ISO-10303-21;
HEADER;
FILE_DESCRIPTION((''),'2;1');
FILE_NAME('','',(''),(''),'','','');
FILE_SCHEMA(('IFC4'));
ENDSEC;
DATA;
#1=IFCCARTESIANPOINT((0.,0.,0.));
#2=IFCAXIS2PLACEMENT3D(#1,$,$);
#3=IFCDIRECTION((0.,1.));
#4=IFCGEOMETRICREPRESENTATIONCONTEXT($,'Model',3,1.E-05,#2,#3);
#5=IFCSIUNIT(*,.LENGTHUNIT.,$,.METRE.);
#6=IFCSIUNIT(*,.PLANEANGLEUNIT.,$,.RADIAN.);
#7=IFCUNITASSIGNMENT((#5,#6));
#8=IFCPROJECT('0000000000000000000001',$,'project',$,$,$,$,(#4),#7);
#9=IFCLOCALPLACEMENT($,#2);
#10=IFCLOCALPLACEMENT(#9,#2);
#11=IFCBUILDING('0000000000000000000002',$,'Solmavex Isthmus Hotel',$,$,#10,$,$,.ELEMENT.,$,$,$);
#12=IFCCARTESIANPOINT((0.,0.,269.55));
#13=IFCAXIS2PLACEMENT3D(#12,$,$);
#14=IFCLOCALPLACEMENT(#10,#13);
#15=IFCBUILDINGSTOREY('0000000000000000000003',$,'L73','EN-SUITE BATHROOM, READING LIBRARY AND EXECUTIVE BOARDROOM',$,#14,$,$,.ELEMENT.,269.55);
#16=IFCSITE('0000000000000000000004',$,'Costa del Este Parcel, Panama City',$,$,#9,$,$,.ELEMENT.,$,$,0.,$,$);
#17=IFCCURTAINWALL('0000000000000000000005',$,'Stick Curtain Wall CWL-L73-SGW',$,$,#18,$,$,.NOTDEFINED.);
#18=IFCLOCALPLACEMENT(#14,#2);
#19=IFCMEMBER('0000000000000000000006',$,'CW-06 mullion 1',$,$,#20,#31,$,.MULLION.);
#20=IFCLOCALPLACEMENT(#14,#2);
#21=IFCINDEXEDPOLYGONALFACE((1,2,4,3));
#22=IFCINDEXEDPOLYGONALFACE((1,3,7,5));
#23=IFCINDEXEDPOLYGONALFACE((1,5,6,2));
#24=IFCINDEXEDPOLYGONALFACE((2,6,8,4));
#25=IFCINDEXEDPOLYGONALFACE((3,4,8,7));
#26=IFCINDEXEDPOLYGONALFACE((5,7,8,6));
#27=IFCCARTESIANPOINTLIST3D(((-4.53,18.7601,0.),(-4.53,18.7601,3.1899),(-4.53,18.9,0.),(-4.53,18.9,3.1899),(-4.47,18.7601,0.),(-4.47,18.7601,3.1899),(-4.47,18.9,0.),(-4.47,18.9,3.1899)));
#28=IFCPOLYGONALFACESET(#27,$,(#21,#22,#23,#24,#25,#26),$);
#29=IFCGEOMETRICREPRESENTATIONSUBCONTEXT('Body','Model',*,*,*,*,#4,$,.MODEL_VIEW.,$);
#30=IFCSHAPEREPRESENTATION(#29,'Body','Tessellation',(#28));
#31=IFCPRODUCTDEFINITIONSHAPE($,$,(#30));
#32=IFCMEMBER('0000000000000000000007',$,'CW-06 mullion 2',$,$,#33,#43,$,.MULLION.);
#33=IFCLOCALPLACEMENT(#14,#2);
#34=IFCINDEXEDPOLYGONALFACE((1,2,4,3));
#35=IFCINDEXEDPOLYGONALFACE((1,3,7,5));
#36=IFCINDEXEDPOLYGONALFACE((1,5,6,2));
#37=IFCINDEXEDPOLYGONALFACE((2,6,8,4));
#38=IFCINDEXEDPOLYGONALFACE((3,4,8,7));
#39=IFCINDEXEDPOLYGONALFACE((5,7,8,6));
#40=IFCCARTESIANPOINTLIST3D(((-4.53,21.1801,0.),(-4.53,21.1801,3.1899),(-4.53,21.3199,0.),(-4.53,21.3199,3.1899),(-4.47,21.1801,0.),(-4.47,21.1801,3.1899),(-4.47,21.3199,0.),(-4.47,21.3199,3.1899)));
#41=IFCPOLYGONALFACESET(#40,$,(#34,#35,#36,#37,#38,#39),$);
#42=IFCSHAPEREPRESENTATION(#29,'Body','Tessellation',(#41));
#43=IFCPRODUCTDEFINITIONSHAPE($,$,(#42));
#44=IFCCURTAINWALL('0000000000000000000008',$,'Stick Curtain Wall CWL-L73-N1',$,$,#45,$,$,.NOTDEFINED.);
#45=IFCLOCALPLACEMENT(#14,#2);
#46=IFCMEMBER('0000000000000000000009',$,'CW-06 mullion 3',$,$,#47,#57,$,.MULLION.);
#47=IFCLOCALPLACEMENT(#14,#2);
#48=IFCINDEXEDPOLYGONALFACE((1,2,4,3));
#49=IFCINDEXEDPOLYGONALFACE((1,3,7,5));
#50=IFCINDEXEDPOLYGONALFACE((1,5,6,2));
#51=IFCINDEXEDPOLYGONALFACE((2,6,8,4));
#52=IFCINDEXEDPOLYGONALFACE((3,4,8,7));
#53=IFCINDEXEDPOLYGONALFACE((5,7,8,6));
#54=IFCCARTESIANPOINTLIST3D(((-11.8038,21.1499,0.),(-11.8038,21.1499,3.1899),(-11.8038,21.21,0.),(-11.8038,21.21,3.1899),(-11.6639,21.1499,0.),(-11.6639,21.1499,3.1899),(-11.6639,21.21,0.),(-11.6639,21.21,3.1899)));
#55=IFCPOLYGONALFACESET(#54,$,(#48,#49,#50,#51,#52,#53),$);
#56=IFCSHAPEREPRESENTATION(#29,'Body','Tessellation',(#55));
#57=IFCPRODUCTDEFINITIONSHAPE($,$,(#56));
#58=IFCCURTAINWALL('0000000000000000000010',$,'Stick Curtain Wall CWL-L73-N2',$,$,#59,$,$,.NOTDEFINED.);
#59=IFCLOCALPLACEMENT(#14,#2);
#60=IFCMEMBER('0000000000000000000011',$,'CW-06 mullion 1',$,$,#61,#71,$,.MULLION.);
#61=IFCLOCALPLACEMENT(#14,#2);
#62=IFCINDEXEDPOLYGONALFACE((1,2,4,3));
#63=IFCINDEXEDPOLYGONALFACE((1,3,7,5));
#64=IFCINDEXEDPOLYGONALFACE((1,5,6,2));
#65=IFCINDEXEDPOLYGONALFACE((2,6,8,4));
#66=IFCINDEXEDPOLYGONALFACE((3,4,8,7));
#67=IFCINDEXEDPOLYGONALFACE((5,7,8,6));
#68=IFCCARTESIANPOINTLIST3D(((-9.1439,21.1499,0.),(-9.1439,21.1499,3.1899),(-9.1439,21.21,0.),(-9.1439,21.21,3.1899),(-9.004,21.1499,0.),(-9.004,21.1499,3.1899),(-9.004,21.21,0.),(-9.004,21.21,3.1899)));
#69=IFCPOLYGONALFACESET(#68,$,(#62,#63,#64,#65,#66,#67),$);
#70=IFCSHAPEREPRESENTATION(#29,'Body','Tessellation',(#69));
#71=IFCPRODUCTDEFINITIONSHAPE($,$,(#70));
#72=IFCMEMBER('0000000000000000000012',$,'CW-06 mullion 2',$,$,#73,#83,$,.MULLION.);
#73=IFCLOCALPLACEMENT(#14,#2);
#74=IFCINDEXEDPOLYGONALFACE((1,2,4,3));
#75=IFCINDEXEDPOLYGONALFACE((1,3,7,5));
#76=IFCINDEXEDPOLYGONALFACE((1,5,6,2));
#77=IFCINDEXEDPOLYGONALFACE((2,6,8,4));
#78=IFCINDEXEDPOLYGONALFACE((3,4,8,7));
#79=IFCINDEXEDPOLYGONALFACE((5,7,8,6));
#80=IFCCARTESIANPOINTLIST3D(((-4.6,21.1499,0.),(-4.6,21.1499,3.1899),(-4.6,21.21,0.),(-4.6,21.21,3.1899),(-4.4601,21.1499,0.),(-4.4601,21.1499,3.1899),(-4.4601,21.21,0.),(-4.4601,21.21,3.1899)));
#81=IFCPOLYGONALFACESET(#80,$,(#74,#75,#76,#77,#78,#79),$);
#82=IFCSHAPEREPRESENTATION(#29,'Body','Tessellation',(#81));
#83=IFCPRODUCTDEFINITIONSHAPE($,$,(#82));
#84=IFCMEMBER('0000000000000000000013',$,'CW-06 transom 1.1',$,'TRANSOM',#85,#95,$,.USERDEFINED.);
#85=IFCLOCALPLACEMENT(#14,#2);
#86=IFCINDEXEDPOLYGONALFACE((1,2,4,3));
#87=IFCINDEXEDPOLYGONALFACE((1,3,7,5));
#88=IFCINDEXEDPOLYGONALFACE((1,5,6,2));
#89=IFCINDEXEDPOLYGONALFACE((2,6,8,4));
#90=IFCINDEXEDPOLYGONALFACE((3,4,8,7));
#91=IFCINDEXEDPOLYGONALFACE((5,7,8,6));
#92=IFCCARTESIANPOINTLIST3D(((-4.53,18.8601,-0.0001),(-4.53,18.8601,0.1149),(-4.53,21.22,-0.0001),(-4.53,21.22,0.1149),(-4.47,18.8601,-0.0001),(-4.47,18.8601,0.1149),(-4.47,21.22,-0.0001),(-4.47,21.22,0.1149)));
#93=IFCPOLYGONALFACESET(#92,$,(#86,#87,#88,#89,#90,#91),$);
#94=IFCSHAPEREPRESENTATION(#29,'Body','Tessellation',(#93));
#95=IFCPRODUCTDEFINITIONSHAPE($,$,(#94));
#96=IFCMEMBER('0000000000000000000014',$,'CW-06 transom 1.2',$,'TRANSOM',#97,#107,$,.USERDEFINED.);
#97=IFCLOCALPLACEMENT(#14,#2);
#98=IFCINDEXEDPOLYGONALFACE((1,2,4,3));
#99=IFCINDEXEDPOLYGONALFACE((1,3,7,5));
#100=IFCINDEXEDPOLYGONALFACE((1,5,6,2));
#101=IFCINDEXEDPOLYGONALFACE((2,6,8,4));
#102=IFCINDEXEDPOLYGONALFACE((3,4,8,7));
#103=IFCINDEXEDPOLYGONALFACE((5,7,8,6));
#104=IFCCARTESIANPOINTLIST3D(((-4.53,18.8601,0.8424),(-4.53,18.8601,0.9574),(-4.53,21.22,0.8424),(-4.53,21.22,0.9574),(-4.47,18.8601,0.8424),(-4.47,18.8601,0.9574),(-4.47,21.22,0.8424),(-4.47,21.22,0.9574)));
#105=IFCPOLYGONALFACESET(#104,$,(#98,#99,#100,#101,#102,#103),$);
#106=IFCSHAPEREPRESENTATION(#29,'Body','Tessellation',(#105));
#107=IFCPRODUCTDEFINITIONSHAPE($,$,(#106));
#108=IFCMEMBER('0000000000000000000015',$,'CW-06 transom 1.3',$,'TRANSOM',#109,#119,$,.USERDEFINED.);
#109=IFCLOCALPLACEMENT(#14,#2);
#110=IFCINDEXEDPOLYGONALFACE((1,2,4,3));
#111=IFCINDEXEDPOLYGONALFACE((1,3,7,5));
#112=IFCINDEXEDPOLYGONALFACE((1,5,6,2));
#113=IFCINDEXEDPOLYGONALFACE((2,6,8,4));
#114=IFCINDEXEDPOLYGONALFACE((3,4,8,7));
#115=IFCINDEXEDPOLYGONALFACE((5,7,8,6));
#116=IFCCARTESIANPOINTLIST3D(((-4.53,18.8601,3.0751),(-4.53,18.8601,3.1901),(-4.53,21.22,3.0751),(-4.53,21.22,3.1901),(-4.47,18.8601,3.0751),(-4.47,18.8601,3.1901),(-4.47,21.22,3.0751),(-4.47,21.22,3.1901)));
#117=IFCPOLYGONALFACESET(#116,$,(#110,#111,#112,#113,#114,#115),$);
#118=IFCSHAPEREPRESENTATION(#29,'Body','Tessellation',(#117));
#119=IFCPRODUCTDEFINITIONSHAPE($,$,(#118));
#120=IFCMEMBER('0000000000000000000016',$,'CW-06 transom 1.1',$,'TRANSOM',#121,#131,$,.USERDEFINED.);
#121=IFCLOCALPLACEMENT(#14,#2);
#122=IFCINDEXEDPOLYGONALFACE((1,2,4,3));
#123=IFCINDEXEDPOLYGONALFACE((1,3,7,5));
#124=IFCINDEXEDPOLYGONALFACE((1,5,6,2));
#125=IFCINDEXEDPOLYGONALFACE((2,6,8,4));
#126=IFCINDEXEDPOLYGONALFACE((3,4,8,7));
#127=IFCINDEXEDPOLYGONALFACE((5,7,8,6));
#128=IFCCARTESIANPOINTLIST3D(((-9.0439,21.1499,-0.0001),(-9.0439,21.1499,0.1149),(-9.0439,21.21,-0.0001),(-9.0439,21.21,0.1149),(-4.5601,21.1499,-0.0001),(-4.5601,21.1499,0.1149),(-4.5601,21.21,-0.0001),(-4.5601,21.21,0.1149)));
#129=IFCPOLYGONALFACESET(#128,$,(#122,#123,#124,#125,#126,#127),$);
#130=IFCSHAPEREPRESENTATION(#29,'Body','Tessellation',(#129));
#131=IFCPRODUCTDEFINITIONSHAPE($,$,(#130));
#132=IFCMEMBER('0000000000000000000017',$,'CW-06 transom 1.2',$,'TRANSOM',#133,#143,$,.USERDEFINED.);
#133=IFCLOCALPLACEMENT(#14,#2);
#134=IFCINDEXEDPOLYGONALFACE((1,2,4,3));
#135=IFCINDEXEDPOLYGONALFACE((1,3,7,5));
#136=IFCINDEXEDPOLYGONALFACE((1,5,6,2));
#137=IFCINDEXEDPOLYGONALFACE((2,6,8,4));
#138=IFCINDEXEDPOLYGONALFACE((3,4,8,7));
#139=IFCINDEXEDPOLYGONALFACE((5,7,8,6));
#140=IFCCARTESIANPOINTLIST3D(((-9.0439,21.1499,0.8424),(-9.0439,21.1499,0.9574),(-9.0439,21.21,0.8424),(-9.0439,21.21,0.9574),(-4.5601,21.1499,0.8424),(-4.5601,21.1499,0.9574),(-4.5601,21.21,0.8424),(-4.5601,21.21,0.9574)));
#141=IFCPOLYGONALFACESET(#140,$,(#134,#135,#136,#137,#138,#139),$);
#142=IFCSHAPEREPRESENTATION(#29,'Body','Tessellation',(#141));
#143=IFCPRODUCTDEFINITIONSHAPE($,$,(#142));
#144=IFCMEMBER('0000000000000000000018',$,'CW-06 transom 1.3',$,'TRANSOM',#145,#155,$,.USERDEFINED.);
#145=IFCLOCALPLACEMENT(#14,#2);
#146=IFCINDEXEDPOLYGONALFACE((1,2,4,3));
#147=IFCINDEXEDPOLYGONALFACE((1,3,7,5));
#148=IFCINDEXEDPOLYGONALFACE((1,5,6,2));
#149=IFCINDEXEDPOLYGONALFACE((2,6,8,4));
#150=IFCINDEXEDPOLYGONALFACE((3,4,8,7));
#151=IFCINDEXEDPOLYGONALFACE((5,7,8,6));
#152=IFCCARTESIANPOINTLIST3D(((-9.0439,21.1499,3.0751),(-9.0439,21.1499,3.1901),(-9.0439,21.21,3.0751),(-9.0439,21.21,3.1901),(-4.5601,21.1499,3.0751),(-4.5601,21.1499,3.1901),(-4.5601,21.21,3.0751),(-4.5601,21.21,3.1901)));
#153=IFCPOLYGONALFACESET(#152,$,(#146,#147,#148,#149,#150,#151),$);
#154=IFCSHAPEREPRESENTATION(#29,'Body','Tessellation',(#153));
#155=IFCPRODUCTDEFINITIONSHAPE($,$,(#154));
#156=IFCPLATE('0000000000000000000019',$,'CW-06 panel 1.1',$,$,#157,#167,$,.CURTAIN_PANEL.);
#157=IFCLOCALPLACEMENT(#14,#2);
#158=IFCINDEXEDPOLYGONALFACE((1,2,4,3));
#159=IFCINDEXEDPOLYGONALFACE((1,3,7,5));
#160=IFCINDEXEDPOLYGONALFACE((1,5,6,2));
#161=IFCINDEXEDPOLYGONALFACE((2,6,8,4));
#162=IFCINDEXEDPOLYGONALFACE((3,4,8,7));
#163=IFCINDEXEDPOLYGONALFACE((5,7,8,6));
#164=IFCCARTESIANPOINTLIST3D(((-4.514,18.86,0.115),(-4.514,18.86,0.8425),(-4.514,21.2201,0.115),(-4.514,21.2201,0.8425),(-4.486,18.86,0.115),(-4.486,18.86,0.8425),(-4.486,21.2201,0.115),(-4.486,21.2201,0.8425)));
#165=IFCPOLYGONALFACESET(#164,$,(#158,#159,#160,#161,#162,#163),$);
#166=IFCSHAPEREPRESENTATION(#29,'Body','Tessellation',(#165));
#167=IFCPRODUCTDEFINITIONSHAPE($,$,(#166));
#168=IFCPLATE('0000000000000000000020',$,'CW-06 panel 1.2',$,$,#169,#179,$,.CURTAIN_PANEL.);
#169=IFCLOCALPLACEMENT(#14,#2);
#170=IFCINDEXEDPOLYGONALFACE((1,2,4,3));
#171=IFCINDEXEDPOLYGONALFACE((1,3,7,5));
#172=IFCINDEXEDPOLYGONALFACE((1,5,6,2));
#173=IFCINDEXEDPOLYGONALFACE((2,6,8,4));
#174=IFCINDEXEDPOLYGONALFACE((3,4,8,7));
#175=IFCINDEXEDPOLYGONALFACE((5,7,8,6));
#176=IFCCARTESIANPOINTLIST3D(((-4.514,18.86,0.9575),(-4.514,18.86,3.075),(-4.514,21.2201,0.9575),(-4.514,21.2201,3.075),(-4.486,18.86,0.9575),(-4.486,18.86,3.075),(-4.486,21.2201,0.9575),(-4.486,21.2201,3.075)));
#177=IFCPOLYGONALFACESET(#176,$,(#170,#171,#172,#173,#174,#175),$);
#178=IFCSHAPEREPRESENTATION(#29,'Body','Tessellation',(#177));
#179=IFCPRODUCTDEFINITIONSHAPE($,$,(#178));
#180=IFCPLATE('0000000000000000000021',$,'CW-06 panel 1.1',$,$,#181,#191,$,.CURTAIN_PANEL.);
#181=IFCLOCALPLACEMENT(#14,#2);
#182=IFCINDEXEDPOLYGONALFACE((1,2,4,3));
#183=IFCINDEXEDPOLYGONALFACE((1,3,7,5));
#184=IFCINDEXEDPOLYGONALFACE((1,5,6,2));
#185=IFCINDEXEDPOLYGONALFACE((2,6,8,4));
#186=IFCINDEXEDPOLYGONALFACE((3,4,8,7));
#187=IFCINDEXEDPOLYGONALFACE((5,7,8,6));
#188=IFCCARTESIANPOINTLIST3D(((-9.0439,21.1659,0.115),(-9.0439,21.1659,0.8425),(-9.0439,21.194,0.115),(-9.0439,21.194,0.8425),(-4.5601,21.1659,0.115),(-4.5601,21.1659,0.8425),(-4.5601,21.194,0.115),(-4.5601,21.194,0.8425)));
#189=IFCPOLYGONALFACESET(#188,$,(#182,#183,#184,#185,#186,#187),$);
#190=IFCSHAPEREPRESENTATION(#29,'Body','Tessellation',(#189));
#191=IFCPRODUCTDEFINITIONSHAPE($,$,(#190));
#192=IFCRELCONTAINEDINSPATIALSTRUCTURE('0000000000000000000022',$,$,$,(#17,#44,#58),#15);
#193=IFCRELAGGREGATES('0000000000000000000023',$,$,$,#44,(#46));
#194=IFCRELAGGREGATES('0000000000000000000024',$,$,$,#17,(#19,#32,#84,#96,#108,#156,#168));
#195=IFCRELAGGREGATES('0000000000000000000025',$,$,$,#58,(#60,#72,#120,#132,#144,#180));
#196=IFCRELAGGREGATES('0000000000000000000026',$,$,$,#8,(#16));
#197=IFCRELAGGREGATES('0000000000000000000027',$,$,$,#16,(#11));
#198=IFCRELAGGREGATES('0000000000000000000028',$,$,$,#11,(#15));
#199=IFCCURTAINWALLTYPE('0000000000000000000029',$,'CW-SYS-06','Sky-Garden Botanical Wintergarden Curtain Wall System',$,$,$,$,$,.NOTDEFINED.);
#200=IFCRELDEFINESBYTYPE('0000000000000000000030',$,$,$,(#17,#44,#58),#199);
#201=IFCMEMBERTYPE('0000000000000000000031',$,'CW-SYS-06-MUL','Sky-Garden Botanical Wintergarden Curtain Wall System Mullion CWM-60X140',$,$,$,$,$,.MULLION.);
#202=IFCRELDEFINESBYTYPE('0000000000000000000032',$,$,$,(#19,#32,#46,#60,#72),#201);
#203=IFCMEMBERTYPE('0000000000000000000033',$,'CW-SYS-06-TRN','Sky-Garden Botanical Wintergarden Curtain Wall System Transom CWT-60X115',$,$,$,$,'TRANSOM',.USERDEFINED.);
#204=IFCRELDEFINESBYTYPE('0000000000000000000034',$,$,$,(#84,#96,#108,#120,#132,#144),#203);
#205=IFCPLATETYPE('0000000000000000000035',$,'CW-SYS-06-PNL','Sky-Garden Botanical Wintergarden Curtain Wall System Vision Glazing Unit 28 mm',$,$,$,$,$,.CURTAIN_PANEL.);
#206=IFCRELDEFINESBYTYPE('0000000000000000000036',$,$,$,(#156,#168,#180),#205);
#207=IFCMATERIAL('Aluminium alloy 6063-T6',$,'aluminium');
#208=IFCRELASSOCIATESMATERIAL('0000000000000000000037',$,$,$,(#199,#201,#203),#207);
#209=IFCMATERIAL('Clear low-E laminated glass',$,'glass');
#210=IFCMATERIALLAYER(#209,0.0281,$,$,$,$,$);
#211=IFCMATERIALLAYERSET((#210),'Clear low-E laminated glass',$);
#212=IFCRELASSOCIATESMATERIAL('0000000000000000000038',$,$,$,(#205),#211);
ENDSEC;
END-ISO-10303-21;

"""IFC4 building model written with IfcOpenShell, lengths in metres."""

from ifc_helpers import new_model, si_unit, direction, frame, origin, origin_2d, place, context, subcontext, project, spatial, rectangle, extrude, material, layer, layer_set, material_profile, profile_set, type_object, element, aggregate, save


model = new_model("IFC4")

# Units and contexts
model_context = context("Model", 3, precision=1e-05, world=origin(), true_north=direction((0.0, 1.0)))
body_context = subcontext(model_context, "Body", "Model", "MODEL_VIEW")
ifc_project = project(units=[si_unit("LENGTHUNIT", "METRE"), si_unit("PLANEANGLEUNIT", "RADIAN")], contexts=[model_context])

# Site, building, storey
site_placement = place(None, origin())
site = spatial("IfcSite", under=ifc_project, at=site_placement, Name="Costa del Este Parcel, Panama City", CompositionType="ELEMENT", RefElevation=0.0)
building_placement = place(site_placement, origin())
building = spatial("IfcBuilding", under=site, at=building_placement, Name="Solmavex Isthmus Hotel", CompositionType="ELEMENT")
storey_placement = place(building_placement, frame((0.0, 0.0, 269.55)))
storey = spatial("IfcBuildingStorey", under=building, at=storey_placement, Name="L73", Description="EN-SUITE BATHROOM, READING LIBRARY AND EXECUTIVE BOARDROOM", CompositionType="ELEMENT", Elevation=269.55)

# Curtain wall, members
ifc_material_1 = material(Name="Aluminium alloy 6063-T6", Category="aluminium")
curtain_wall_type = type_object("IfcCurtainWallType", Name="CW-SYS-06", Description="Sky-Garden Botanical Wintergarden Curtain Wall System", PredefinedType="NOTDEFINED", material=ifc_material_1)
curtain_wall_1_placement = place(storey_placement, origin())
curtain_wall_1 = element("IfcCurtainWall", 1, at=curtain_wall_1_placement, inside=storey, type_object=curtain_wall_type, Name="Stick Curtain Wall CWL-L73-SGW", PredefinedType="NOTDEFINED")
ifc_material_profile_1 = material_profile(ifc_material_1, rectangle(XDim=0.0601, YDim=0.1399, at=origin_2d()), Name="CWM-60X140")
ifc_profile_set_1 = profile_set([ifc_material_profile_1], Name="Aluminium alloy 6063-T6")
member_type_1 = type_object("IfcMemberType", Name="CW-SYS-06-MUL", Description="Sky-Garden Botanical Wintergarden Curtain Wall System Mullion CWM-60X140", PredefinedType="MULLION", material=ifc_profile_set_1)
member_1_placement = place(storey_placement, frame((-4.5, 18.8301, 0.0), z_axis=(0.0, 0.0, 1.0), x_axis=(-1.0, 0.0, 0.0)))
member_1 = element("IfcMember", 2, at=member_1_placement, type_object=member_type_1, Name="CW-06 mullion 1", PredefinedType="MULLION", context=body_context, shape_type="SweptSolid", body=[
    extrude(rectangle(XDim=0.0601, YDim=0.1399, at=origin_2d()), origin(), (0.0, 0.0, 1.0), 3.1899),
])
member_2_placement = place(storey_placement, frame((-4.5, 21.25, 0.0), z_axis=(0.0, 0.0, 1.0), x_axis=(-1.0, 0.0, 0.0)))
member_2 = element("IfcMember", 3, at=member_2_placement, type_object=member_type_1, Name="CW-06 mullion 2", PredefinedType="MULLION", context=body_context, shape_type="SweptSolid", body=[
    extrude(rectangle(XDim=0.0601, YDim=0.1399, at=origin_2d()), origin(), (0.0, 0.0, 1.0), 3.1899),
])

# Curtain wall, member
curtain_wall_2_placement = place(storey_placement, origin())
curtain_wall_2 = element("IfcCurtainWall", 4, at=curtain_wall_2_placement, inside=storey, type_object=curtain_wall_type, Name="Stick Curtain Wall CWL-L73-N1", PredefinedType="NOTDEFINED")
member_3_placement = place(storey_placement, frame((-11.7339, 21.1799, 0.0), z_axis=(0.0, 0.0, 1.0), x_axis=(0.0, 1.0, 0.0)))
member_3 = element("IfcMember", 5, at=member_3_placement, type_object=member_type_1, Name="CW-06 mullion 3", PredefinedType="MULLION", context=body_context, shape_type="SweptSolid", body=[
    extrude(rectangle(XDim=0.0601, YDim=0.1399, at=origin_2d()), origin(), (0.0, 0.0, 1.0), 3.1899),
])
aggregate(curtain_wall_2, [member_3])

# Curtain wall, members
curtain_wall_3_placement = place(storey_placement, origin())
curtain_wall_3 = element("IfcCurtainWall", 6, at=curtain_wall_3_placement, inside=storey, type_object=curtain_wall_type, Name="Stick Curtain Wall CWL-L73-N2", PredefinedType="NOTDEFINED")
member_4_placement = place(storey_placement, frame((-9.074, 21.1799, 0.0), z_axis=(0.0, 0.0, 1.0), x_axis=(0.0, 1.0, 0.0)))
member_4 = element("IfcMember", 7, at=member_4_placement, type_object=member_type_1, Name="CW-06 mullion 1", PredefinedType="MULLION", context=body_context, shape_type="SweptSolid", body=[
    extrude(rectangle(XDim=0.0601, YDim=0.1399, at=origin_2d()), origin(), (0.0, 0.0, 1.0), 3.1899),
])
member_5_placement = place(storey_placement, frame((-4.53, 21.1799, 0.0), z_axis=(0.0, 0.0, 1.0), x_axis=(0.0, 1.0, 0.0)))
member_5 = element("IfcMember", 8, at=member_5_placement, type_object=member_type_1, Name="CW-06 mullion 2", PredefinedType="MULLION", context=body_context, shape_type="SweptSolid", body=[
    extrude(rectangle(XDim=0.0601, YDim=0.1399, at=origin_2d()), origin(), (0.0, 0.0, 1.0), 3.1899),
])

# Members
ifc_material_profile_2 = material_profile(ifc_material_1, rectangle(XDim=0.0601, YDim=0.115, at=origin_2d()), Name="CWT-60X115")
ifc_profile_set_2 = profile_set([ifc_material_profile_2], Name="Aluminium alloy 6063-T6")
member_type_2 = type_object("IfcMemberType", Name="CW-SYS-06-TRN", Description="Sky-Garden Botanical Wintergarden Curtain Wall System Transom CWT-60X115", ElementType="TRANSOM", PredefinedType="USERDEFINED", material=ifc_profile_set_2)
member_6_placement = place(storey_placement, frame((-4.5, 18.8601, 0.0574), z_axis=(0.0, 1.0, 0.0), x_axis=(-1.0, 0.0, 0.0)))
member_6 = element("IfcMember", 9, at=member_6_placement, type_object=member_type_2, Name="CW-06 transom 1.1", ObjectType="TRANSOM", PredefinedType="USERDEFINED", context=body_context, shape_type="SweptSolid", body=[
    extrude(rectangle(XDim=0.0601, YDim=0.115, at=origin_2d()), origin(), (0.0, 0.0, 1.0), 2.3599),
])
member_7_placement = place(storey_placement, frame((-4.5, 18.8601, 0.8999), z_axis=(0.0, 1.0, 0.0), x_axis=(-1.0, 0.0, 0.0)))
member_7 = element("IfcMember", 10, at=member_7_placement, type_object=member_type_2, Name="CW-06 transom 1.2", ObjectType="TRANSOM", PredefinedType="USERDEFINED", context=body_context, shape_type="SweptSolid", body=[
    extrude(rectangle(XDim=0.0601, YDim=0.115, at=origin_2d()), origin(), (0.0, 0.0, 1.0), 2.3599),
])
member_8_placement = place(storey_placement, frame((-4.5, 18.8601, 3.1326), z_axis=(0.0, 1.0, 0.0), x_axis=(-1.0, 0.0, 0.0)))
member_8 = element("IfcMember", 11, at=member_8_placement, type_object=member_type_2, Name="CW-06 transom 1.3", ObjectType="TRANSOM", PredefinedType="USERDEFINED", context=body_context, shape_type="SweptSolid", body=[
    extrude(rectangle(XDim=0.0601, YDim=0.115, at=origin_2d()), origin(), (0.0, 0.0, 1.0), 2.3599),
])
member_9_placement = place(storey_placement, frame((-9.0439, 21.1799, 0.0574), z_axis=(1.0, 0.0, 0.0), x_axis=(0.0, 1.0, 0.0)))
member_9 = element("IfcMember", 12, at=member_9_placement, type_object=member_type_2, Name="CW-06 transom 1.1", ObjectType="TRANSOM", PredefinedType="USERDEFINED", context=body_context, shape_type="SweptSolid", body=[
    extrude(rectangle(XDim=0.0601, YDim=0.115, at=origin_2d()), origin(), (0.0, 0.0, 1.0), 4.4839),
])
member_10_placement = place(storey_placement, frame((-9.0439, 21.1799, 0.8999), z_axis=(1.0, 0.0, 0.0), x_axis=(0.0, 1.0, 0.0)))
member_10 = element("IfcMember", 13, at=member_10_placement, type_object=member_type_2, Name="CW-06 transom 1.2", ObjectType="TRANSOM", PredefinedType="USERDEFINED", context=body_context, shape_type="SweptSolid", body=[
    extrude(rectangle(XDim=0.0601, YDim=0.115, at=origin_2d()), origin(), (0.0, 0.0, 1.0), 4.4839),
])
member_11_placement = place(storey_placement, frame((-9.0439, 21.1799, 3.1326), z_axis=(1.0, 0.0, 0.0), x_axis=(0.0, 1.0, 0.0)))
member_11 = element("IfcMember", 14, at=member_11_placement, type_object=member_type_2, Name="CW-06 transom 1.3", ObjectType="TRANSOM", PredefinedType="USERDEFINED", context=body_context, shape_type="SweptSolid", body=[
    extrude(rectangle(XDim=0.0601, YDim=0.115, at=origin_2d()), origin(), (0.0, 0.0, 1.0), 4.4839),
])

# Plates
ifc_material_2 = material(Name="Clear low-E laminated glass", Category="glass")
ifc_layer_1 = layer(ifc_material_2, 0.0281)
ifc_layer_set_1 = layer_set([ifc_layer_1], Name="Clear low-E laminated glass")
plate_type = type_object("IfcPlateType", Name="CW-SYS-06-PNL", Description="Sky-Garden Botanical Wintergarden Curtain Wall System Vision Glazing Unit 28 mm", PredefinedType="CURTAIN_PANEL", material=ifc_layer_set_1)
plate_1_placement = place(storey_placement, frame((-4.5, 20.04, 0.115), z_axis=(0.0, 0.0, 1.0), x_axis=(0.0, 1.0, 0.0)))
plate_1 = element("IfcPlate", 15, at=plate_1_placement, type_object=plate_type, Name="CW-06 panel 1.1", PredefinedType="CURTAIN_PANEL", context=body_context, shape_type="SweptSolid", body=[
    extrude(rectangle(XDim=2.3601, YDim=0.0281, at=origin_2d()), origin(), (0.0, 0.0, 1.0), 0.7275),
])
plate_2_placement = place(storey_placement, frame((-4.5, 20.04, 0.9575), z_axis=(0.0, 0.0, 1.0), x_axis=(0.0, 1.0, 0.0)))
plate_2 = element("IfcPlate", 16, at=plate_2_placement, type_object=plate_type, Name="CW-06 panel 1.2", PredefinedType="CURTAIN_PANEL", context=body_context, shape_type="SweptSolid", body=[
    extrude(rectangle(XDim=2.3601, YDim=0.0281, at=origin_2d()), origin(), (0.0, 0.0, 1.0), 2.1174),
])
aggregate(curtain_wall_1, [member_1, member_2, member_6, member_7, member_8, plate_1, plate_2])
plate_3_placement = place(storey_placement, frame((-6.802, 21.1799, 0.115), z_axis=(0.0, 0.0, 1.0), x_axis=(1.0, 0.0, 0.0)))
plate_3 = element("IfcPlate", 17, at=plate_3_placement, type_object=plate_type, Name="CW-06 panel 1.1", PredefinedType="CURTAIN_PANEL", context=body_context, shape_type="SweptSolid", body=[
    extrude(rectangle(XDim=4.4839, YDim=0.0281, at=origin_2d()), origin(), (0.0, 0.0, 1.0), 0.7275),
])
aggregate(curtain_wall_3, [member_4, member_5, member_9, member_10, member_11, plate_3])

save(model, "model.ifc")
